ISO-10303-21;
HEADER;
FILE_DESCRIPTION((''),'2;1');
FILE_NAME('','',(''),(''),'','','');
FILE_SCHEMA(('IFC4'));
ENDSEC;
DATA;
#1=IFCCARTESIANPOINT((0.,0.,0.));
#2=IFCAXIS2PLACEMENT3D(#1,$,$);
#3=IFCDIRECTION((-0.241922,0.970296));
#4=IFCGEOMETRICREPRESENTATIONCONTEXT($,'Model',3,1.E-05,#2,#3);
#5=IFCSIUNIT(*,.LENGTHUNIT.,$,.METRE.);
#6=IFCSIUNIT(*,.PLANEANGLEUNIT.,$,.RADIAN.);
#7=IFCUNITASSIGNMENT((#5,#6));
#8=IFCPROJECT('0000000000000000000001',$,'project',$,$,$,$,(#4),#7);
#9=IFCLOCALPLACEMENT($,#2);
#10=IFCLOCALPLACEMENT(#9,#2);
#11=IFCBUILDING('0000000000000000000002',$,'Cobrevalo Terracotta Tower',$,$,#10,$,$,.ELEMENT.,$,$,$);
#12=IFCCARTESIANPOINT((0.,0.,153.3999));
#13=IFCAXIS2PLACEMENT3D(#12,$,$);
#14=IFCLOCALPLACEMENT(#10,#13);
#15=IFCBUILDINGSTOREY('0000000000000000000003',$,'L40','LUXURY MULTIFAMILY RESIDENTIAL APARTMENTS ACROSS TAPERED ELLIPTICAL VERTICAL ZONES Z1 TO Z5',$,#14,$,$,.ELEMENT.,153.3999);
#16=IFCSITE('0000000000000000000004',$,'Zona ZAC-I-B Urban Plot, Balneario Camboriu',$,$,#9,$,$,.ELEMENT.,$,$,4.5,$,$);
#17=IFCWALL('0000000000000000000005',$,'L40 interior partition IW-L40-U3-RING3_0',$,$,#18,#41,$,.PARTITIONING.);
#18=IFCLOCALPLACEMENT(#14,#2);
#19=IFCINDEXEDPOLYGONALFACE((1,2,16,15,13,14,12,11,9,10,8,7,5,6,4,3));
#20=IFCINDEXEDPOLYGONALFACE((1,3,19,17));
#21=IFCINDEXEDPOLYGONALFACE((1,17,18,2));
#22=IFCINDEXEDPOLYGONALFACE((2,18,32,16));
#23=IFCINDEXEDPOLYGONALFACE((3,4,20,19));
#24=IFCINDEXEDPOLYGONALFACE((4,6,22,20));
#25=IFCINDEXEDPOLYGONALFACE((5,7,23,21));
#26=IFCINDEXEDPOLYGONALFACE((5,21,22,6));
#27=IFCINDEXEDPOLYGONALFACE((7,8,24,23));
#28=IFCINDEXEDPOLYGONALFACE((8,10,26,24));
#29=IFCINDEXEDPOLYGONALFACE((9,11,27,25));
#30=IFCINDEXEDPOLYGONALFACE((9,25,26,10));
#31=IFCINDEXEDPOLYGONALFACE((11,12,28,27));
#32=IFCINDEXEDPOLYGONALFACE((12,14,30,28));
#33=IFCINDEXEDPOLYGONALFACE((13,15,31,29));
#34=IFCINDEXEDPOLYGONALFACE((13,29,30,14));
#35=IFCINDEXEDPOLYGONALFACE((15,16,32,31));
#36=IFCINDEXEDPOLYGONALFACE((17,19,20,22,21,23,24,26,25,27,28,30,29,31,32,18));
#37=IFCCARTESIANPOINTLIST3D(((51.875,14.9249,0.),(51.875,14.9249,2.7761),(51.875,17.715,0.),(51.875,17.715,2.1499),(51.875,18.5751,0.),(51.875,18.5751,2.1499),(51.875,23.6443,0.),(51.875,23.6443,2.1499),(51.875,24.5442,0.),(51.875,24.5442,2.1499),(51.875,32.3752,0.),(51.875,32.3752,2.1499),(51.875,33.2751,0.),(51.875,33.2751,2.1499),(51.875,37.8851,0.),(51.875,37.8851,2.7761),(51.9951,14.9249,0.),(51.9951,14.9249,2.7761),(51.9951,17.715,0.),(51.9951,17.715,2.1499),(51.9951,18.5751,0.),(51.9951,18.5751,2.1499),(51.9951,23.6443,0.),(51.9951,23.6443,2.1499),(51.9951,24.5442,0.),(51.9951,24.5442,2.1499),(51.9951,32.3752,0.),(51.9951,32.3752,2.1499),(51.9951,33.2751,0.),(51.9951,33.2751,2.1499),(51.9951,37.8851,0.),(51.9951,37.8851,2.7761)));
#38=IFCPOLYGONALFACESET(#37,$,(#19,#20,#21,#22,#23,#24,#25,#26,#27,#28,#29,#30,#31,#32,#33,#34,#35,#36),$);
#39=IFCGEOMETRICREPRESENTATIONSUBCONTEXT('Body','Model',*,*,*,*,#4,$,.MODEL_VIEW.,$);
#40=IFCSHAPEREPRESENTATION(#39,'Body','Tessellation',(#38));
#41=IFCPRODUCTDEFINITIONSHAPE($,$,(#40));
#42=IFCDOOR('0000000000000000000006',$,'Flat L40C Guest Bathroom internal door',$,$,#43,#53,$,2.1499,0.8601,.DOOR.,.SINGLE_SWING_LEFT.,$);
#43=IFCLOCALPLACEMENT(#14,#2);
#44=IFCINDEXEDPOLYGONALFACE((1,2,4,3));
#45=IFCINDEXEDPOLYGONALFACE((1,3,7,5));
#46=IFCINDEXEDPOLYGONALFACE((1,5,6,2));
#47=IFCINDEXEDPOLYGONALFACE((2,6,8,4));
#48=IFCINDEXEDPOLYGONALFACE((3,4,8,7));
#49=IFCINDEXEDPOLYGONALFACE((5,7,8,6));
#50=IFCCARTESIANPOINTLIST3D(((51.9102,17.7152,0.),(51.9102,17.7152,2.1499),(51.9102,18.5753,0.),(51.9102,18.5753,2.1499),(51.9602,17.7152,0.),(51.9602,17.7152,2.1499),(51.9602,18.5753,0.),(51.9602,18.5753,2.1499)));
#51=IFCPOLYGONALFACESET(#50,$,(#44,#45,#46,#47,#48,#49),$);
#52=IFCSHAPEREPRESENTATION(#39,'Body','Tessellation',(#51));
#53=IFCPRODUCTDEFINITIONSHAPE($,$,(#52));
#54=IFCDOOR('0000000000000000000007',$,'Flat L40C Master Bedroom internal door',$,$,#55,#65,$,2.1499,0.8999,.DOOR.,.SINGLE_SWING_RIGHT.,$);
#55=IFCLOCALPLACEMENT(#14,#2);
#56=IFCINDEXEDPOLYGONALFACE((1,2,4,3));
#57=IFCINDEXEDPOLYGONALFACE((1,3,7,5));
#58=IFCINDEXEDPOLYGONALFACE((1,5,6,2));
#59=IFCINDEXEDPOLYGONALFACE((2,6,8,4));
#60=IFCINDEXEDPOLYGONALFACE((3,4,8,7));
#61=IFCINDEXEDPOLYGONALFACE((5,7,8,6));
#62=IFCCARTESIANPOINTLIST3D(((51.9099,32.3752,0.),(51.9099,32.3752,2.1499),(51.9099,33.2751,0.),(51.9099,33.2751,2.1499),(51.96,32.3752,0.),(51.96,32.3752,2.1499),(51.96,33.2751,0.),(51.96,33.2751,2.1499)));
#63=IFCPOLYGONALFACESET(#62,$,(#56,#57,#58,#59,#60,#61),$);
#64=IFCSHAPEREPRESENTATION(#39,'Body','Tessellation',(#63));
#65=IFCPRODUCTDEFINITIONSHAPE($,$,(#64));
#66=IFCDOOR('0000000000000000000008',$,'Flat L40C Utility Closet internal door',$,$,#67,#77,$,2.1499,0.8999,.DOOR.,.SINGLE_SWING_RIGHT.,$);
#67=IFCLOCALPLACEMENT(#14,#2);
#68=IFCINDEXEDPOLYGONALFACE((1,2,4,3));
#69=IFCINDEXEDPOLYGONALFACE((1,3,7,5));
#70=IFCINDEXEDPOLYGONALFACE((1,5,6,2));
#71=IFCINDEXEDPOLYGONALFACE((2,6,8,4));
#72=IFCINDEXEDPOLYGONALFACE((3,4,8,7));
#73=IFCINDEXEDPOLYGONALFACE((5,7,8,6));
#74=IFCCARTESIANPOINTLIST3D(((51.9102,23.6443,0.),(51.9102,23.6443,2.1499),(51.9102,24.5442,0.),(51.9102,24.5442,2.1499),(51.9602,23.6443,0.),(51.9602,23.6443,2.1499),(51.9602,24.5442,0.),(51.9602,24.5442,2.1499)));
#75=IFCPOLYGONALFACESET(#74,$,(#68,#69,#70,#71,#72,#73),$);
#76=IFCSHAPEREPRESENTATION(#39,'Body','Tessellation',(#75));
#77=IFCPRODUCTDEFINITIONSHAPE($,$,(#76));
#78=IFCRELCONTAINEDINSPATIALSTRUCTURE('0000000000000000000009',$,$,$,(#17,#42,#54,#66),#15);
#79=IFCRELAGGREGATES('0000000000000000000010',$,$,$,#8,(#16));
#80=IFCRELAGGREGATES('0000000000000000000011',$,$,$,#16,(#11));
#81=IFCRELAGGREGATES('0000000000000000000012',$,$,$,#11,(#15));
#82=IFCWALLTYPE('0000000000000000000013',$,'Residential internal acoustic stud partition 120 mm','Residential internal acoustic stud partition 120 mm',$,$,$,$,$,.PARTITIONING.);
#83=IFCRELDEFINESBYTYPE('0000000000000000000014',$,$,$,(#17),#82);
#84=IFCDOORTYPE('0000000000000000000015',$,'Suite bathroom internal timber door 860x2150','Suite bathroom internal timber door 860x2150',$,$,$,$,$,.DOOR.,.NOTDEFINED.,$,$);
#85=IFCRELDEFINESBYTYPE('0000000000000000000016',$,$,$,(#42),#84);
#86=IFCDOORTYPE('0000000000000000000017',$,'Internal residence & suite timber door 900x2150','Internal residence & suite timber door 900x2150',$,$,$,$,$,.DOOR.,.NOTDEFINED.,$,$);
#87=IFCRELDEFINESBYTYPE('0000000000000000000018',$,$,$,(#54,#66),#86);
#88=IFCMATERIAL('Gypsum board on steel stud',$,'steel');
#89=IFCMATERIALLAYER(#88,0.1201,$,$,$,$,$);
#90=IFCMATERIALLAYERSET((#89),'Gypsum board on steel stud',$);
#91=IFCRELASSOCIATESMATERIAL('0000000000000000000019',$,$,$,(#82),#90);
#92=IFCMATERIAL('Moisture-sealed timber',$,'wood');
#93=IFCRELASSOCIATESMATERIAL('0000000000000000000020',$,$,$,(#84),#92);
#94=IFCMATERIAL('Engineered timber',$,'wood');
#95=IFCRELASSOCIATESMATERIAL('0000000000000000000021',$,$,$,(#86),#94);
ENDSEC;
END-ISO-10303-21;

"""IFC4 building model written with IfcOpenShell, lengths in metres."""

from ifc_helpers import new_model, si_unit, direction, frame, frame_2d, origin, place, context, subcontext, project, spatial, rectangle, extrude, source, transform, mapped, material, layer, layer_set, type_object, element, fill, save


model = new_model("IFC4")

# Units and contexts
model_context = context("Model", 3, precision=1e-05, world=origin(), true_north=direction((-0.241922, 0.970296)))
body_context = subcontext(model_context, "Body", "Model", "MODEL_VIEW")
ifc_project = project(units=[si_unit("LENGTHUNIT", "METRE"), si_unit("PLANEANGLEUNIT", "RADIAN")], contexts=[model_context])

# Site, building, storey
site_placement = place(None, origin())
site = spatial("IfcSite", under=ifc_project, at=site_placement, Name="Zona ZAC-I-B Urban Plot, Balneario Camboriu", CompositionType="ELEMENT", RefElevation=4.5)
building_placement = place(site_placement, origin())
building = spatial("IfcBuilding", under=site, at=building_placement, Name="Cobrevalo Terracotta Tower", CompositionType="ELEMENT")
storey_placement = place(building_placement, frame((0.0, 0.0, 153.3999)))
storey = spatial("IfcBuildingStorey", under=building, at=storey_placement, Name="L40", Description="LUXURY MULTIFAMILY RESIDENTIAL APARTMENTS ACROSS TAPERED ELLIPTICAL VERTICAL ZONES Z1 TO Z5", CompositionType="ELEMENT", Elevation=153.3999)

# Wall, openings, doors
ifc_material_1 = material(Name="Gypsum board on steel stud", Category="steel")
ifc_layer_1 = layer(ifc_material_1, 0.1201)
ifc_layer_set_1 = layer_set([ifc_layer_1], Name="Gypsum board on steel stud")
wall_type_1 = type_object("IfcWallType", Name="Residential internal acoustic stud partition 120 mm", Description="Residential internal acoustic stud partition 120 mm", PredefinedType="PARTITIONING", material=ifc_layer_set_1)
wall_1_placement = place(storey_placement, frame((51.9351, 37.885, 0.0), z_axis=(0.0, 0.0, 1.0), x_axis=(0.0, -1.0, 0.0)))
wall_1 = element("IfcWall", 1, at=wall_1_placement, inside=storey, type_object=wall_type_1, Name="L40 interior partition IW-L40-U3-RING3_0", PredefinedType="PARTITIONING", context=body_context, shape_type="SweptSolid", body=[
    extrude(rectangle(XDim=22.9602, YDim=0.1201, at=frame_2d((11.48, 0.0))), origin(), (0.0, 0.0, 1.0), 2.7761),
])
opening_1_placement = place(wall_1_placement, frame((4.6099, 0.0, 0.0)))
opening_1 = element("IfcOpeningElement", 2, at=opening_1_placement, cuts=wall_1, PredefinedType="OPENING", context=body_context, shape_type="SweptSolid", body=[
    extrude(rectangle(XDim=0.8999, YDim=2.1499, at=frame_2d((0.45, 1.075))), frame((0.0, 0.0701, 0.0), z_axis=(0.0, -1.0, 0.0), x_axis=(1.0, 0.0, 0.0)), (0.0, 0.0, 1.0), 0.1401),
])
opening_2_placement = place(wall_1_placement, frame((19.3098, 0.0, 0.0)))
opening_2 = element("IfcOpeningElement", 3, at=opening_2_placement, cuts=wall_1, PredefinedType="OPENING", context=body_context, shape_type="SweptSolid", body=[
    extrude(rectangle(XDim=0.8601, YDim=2.1499, at=frame_2d((0.4302, 1.075))), frame((0.0, 0.0701, 0.0), z_axis=(0.0, -1.0, 0.0), x_axis=(1.0, 0.0, 0.0)), (0.0, 0.0, 1.0), 0.1401),
])
opening_3_placement = place(wall_1_placement, frame((13.3408, 0.0, 0.0)))
opening_3 = element("IfcOpeningElement", 4, at=opening_3_placement, cuts=wall_1, PredefinedType="OPENING", context=body_context, shape_type="SweptSolid", body=[
    extrude(rectangle(XDim=0.8999, YDim=2.1499, at=frame_2d((0.45, 1.075))), frame((0.0, 0.0701, 0.0), z_axis=(0.0, -1.0, 0.0), x_axis=(1.0, 0.0, 0.0)), (0.0, 0.0, 1.0), 0.1401),
])
ifc_material_2 = material(Name="Moisture-sealed timber", Category="wood")
door_type_1 = type_object("IfcDoorType", Name="Suite bathroom internal timber door 860x2150", Description="Suite bathroom internal timber door 860x2150", OperationType="NOTDEFINED", PredefinedType="DOOR", material=ifc_material_2)
shared_shape_1 = source(origin(), body_context, "Body", "SweptSolid", [
    extrude(rectangle(XDim=0.8601, YDim=2.1499, at=frame_2d((0.4302, 1.075))), frame((0.0, 0.0249, 0.0), z_axis=(0.0, -1.0, 0.0), x_axis=(1.0, 0.0, 0.0)), (0.0, 0.0, 1.0), 0.05),
])
door_1_placement = place(opening_2_placement, frame((0.8601, 0.0, 0.0), z_axis=(0.0, 0.0, 1.0), x_axis=(-1.0, 0.0, 0.0)))
door_1 = element("IfcDoor", 5, at=door_1_placement, inside=storey, type_object=door_type_1, Name="Flat L40C Guest Bathroom internal door", OperationType="SINGLE_SWING_LEFT", OverallHeight=2.1499, OverallWidth=0.8601, PredefinedType="DOOR", context=body_context, shape_type="MappedRepresentation", body=[
    mapped(shared_shape_1, transform((0.0, 0.0, 0.0), scale=1.0)),
])
fill(opening_2, door_1)
ifc_material_3 = material(Name="Engineered timber", Category="wood")
door_type_2 = type_object("IfcDoorType", Name="Internal residence & suite timber door 900x2150", Description="Internal residence & suite timber door 900x2150", OperationType="NOTDEFINED", PredefinedType="DOOR", material=ifc_material_3)
shared_shape_2 = source(origin(), body_context, "Body", "SweptSolid", [
    extrude(rectangle(XDim=0.8999, YDim=2.1499, at=frame_2d((0.45, 1.075))), frame((0.0, 0.0249, 0.0), z_axis=(0.0, -1.0, 0.0), x_axis=(1.0, 0.0, 0.0)), (0.0, 0.0, 1.0), 0.05),
])
door_2_placement = place(opening_1_placement, origin())
door_2 = element("IfcDoor", 6, at=door_2_placement, inside=storey, type_object=door_type_2, Name="Flat L40C Master Bedroom internal door", OperationType="SINGLE_SWING_RIGHT", OverallHeight=2.1499, OverallWidth=0.8999, PredefinedType="DOOR", context=body_context, shape_type="MappedRepresentation", body=[
    mapped(shared_shape_2, transform((0.0, 0.0, 0.0), scale=1.0)),
])
fill(opening_1, door_2)
door_3_placement = place(opening_3_placement, frame((0.8999, 0.0, 0.0), z_axis=(0.0, 0.0, 1.0), x_axis=(-1.0, 0.0, 0.0)))
door_3 = element("IfcDoor", 7, at=door_3_placement, inside=storey, type_object=door_type_2, Name="Flat L40C Utility Closet internal door", OperationType="SINGLE_SWING_RIGHT", OverallHeight=2.1499, OverallWidth=0.8999, PredefinedType="DOOR", context=body_context, shape_type="MappedRepresentation", body=[
    mapped(shared_shape_2, transform((0.0, 0.0, 0.0), scale=1.0)),
])
fill(opening_3, door_3)

save(model, "model.ifc")
